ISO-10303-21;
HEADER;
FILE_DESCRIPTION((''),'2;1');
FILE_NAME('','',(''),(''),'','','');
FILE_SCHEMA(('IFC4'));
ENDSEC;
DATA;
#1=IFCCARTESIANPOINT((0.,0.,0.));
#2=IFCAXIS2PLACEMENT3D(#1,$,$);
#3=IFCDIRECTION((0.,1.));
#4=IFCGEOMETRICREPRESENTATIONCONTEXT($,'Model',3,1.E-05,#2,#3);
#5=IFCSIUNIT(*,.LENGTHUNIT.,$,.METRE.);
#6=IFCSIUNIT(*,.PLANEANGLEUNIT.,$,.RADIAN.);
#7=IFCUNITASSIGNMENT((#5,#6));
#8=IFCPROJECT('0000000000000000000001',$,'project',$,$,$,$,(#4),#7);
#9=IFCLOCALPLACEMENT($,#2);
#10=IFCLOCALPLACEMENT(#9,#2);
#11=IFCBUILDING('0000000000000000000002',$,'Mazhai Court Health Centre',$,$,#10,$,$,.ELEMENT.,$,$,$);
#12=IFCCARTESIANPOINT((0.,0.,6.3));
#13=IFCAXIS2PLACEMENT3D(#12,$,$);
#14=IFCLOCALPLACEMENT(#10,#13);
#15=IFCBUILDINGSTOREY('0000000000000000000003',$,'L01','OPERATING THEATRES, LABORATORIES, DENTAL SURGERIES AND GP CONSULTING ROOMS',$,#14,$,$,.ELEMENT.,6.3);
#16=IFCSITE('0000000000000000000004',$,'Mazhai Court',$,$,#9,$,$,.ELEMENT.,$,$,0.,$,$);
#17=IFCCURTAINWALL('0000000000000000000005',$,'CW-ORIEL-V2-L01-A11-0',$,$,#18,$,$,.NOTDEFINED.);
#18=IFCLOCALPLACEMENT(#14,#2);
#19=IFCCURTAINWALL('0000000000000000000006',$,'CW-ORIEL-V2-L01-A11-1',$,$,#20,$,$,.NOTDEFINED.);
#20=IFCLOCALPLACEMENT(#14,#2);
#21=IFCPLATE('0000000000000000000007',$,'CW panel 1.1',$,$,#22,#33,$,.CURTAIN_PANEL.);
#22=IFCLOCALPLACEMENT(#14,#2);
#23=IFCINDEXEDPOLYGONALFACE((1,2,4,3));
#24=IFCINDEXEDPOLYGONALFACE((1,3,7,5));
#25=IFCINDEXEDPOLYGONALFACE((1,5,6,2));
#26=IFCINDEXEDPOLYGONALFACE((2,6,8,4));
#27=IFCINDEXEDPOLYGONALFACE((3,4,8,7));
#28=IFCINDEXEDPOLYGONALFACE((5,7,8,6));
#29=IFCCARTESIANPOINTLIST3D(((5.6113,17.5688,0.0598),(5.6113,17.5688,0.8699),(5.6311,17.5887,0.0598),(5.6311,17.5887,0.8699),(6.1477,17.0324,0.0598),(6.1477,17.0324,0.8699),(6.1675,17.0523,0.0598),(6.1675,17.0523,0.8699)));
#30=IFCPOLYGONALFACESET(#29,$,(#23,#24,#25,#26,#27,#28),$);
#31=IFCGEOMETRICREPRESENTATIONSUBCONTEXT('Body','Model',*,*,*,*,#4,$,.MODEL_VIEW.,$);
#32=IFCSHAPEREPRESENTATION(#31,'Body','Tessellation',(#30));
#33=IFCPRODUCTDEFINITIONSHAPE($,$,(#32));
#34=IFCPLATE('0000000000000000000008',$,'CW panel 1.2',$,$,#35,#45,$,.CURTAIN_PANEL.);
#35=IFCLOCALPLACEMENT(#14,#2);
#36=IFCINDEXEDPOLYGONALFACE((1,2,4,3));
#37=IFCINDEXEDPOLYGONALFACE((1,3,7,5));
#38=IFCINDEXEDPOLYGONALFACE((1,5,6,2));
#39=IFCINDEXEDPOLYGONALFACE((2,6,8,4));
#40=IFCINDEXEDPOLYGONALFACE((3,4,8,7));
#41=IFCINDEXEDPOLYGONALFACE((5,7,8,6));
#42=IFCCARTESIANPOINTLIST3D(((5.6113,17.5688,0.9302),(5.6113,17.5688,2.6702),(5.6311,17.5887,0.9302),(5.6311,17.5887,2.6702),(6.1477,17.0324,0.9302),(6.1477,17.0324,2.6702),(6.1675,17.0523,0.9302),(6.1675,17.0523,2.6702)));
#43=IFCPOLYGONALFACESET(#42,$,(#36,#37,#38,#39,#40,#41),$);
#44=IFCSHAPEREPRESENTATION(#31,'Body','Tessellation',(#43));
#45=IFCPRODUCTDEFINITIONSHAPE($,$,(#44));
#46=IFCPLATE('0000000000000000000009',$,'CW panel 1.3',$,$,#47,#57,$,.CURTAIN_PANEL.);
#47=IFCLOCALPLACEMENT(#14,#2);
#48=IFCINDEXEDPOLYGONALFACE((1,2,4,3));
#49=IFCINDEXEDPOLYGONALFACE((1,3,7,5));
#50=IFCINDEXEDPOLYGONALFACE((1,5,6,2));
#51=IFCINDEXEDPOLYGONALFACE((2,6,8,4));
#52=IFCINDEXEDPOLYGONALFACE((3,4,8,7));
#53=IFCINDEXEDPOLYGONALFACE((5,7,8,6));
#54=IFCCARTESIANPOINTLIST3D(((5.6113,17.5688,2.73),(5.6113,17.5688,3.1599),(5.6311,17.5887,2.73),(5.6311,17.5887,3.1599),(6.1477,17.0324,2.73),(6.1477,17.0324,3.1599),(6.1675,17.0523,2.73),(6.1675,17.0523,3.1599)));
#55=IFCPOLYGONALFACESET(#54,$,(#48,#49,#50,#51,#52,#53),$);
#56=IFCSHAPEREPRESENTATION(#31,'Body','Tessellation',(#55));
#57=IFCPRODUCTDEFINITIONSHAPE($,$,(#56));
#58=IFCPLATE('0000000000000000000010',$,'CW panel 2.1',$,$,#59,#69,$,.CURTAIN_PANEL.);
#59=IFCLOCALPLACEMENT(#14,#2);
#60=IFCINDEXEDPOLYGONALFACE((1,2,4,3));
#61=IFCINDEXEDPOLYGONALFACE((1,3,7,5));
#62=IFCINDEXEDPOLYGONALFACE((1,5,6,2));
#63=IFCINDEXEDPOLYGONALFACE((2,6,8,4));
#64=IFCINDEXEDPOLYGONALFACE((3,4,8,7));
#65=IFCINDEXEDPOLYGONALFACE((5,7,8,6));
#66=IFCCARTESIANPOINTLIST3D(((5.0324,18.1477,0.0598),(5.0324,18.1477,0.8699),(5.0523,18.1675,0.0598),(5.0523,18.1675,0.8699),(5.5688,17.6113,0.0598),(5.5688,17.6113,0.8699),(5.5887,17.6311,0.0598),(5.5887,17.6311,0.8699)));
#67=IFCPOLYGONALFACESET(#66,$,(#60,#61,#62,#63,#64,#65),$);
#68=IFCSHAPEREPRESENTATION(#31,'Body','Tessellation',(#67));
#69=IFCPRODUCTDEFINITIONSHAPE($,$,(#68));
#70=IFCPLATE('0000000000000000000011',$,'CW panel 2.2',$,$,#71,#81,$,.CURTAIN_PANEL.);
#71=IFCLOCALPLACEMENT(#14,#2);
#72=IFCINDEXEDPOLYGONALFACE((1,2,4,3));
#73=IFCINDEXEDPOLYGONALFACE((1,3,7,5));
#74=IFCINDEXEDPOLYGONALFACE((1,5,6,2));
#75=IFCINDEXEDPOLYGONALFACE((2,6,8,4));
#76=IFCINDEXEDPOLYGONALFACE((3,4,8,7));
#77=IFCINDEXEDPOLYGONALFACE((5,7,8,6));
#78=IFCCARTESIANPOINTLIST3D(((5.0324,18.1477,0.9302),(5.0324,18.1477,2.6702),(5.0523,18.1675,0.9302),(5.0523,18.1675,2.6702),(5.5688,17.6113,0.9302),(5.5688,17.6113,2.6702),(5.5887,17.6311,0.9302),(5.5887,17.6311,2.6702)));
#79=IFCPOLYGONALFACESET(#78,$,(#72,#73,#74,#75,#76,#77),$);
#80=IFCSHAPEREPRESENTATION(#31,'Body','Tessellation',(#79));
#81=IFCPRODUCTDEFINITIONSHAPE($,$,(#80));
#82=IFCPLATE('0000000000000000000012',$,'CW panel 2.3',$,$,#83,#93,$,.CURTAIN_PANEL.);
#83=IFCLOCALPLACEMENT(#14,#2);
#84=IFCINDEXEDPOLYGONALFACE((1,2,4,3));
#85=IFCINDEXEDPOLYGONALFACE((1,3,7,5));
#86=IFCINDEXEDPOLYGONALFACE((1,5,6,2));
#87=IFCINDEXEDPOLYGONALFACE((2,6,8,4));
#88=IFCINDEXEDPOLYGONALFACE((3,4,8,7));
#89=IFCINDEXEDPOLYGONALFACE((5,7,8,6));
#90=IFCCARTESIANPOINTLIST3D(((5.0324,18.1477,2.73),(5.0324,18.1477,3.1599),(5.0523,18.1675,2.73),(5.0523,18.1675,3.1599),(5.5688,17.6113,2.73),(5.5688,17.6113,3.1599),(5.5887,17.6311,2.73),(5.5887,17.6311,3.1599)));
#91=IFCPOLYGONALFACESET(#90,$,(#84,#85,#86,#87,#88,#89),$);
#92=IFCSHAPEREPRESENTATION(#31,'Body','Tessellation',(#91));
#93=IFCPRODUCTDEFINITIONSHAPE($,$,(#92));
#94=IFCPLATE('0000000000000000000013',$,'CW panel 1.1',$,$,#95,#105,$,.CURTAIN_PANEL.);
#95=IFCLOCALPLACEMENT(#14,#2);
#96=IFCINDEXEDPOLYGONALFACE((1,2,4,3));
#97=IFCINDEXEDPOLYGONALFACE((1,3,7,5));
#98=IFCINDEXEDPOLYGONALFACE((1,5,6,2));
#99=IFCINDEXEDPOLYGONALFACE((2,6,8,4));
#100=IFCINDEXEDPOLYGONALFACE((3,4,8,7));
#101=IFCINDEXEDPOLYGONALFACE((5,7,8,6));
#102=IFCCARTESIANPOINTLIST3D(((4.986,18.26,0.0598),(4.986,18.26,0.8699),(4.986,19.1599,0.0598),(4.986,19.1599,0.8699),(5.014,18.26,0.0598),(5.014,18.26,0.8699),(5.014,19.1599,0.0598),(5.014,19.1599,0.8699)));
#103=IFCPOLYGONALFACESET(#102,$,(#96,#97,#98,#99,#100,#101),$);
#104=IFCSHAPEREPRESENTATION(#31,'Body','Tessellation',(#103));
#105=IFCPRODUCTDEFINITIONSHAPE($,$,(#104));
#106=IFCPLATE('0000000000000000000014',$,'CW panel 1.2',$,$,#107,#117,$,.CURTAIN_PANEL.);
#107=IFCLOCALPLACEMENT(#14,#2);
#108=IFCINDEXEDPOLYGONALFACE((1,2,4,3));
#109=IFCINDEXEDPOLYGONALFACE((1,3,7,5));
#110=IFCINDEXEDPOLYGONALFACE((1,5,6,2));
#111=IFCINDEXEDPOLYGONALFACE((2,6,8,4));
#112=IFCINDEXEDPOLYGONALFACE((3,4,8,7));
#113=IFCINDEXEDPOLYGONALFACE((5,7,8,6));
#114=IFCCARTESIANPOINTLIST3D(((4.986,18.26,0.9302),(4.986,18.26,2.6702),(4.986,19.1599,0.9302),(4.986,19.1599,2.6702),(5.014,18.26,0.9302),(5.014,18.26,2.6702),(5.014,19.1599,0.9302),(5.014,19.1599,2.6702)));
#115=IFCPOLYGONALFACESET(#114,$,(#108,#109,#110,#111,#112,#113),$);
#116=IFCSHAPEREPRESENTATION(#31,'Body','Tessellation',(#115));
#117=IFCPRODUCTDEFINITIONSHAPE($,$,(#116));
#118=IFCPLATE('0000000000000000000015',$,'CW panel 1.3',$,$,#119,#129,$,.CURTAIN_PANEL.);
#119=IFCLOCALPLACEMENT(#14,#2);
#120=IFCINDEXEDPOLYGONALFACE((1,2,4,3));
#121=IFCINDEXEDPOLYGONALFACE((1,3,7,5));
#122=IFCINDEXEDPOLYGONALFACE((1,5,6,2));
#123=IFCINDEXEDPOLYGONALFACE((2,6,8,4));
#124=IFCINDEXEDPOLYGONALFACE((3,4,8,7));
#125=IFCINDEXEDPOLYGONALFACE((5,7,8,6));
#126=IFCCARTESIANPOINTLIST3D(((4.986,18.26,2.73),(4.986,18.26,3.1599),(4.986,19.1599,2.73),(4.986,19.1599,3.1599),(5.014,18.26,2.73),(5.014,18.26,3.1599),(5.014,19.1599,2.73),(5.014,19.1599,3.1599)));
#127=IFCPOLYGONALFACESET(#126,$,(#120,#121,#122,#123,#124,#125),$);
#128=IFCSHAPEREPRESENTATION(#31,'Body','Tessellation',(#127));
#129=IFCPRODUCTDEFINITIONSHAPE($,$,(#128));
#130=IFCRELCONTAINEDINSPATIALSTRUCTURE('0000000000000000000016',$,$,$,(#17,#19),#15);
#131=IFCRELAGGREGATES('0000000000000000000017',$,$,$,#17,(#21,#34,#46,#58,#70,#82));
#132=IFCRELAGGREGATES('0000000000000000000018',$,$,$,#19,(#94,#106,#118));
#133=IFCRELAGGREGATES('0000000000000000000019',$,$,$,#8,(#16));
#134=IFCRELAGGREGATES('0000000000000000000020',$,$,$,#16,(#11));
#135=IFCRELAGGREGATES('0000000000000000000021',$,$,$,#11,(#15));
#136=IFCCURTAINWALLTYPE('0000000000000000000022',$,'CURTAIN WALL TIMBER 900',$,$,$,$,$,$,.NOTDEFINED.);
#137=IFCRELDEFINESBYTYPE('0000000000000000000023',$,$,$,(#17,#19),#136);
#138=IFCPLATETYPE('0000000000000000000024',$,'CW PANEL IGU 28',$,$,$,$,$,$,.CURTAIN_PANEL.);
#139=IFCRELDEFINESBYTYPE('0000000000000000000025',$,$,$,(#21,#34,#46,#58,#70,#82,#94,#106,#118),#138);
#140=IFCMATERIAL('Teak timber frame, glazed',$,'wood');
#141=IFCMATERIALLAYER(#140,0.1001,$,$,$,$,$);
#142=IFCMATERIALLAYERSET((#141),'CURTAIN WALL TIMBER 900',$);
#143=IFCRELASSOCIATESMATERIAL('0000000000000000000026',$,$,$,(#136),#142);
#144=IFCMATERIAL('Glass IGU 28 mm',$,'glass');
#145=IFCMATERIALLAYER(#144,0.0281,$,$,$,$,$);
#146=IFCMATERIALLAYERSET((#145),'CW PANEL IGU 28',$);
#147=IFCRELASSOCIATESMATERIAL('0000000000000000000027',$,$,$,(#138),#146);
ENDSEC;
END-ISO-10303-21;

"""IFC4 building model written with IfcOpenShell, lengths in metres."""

from ifc_helpers import new_model, si_unit, direction, frame, origin, origin_2d, place, context, subcontext, project, spatial, rectangle, extrude, material, layer, layer_set, type_object, element, aggregate, save


model = new_model("IFC4")

# Units and contexts
model_context = context("Model", 3, precision=1e-05, world=origin(), true_north=direction((0.0, 1.0)))
body_context = subcontext(model_context, "Body", "Model", "MODEL_VIEW")
ifc_project = project(units=[si_unit("LENGTHUNIT", "METRE"), si_unit("PLANEANGLEUNIT", "RADIAN")], contexts=[model_context])

# Site, building, storey
site_placement = place(None, origin())
site = spatial("IfcSite", under=ifc_project, at=site_placement, Name="Mazhai Court", CompositionType="ELEMENT", RefElevation=0.0)
building_placement = place(site_placement, origin())
building = spatial("IfcBuilding", under=site, at=building_placement, Name="Mazhai Court Health Centre", CompositionType="ELEMENT")
storey_placement = place(building_placement, frame((0.0, 0.0, 6.3)))
storey = spatial("IfcBuildingStorey", under=building, at=storey_placement, Name="L01", Description="OPERATING THEATRES, LABORATORIES, DENTAL SURGERIES AND GP CONSULTING ROOMS", CompositionType="ELEMENT", Elevation=6.3)

# Curtain walls
ifc_material_1 = material(Name="Teak timber frame, glazed", Category="wood")
ifc_layer_1 = layer(ifc_material_1, 0.1001)
ifc_layer_set_1 = layer_set([ifc_layer_1], Name="CURTAIN WALL TIMBER 900")
curtain_wall_type = type_object("IfcCurtainWallType", Name="CURTAIN WALL TIMBER 900", PredefinedType="NOTDEFINED", material=ifc_layer_set_1)
curtain_wall_1_placement = place(storey_placement, origin())
curtain_wall_1 = element("IfcCurtainWall", 1, at=curtain_wall_1_placement, inside=storey, type_object=curtain_wall_type, Name="CW-ORIEL-V2-L01-A11-0", PredefinedType="NOTDEFINED")
curtain_wall_2_placement = place(storey_placement, origin())
curtain_wall_2 = element("IfcCurtainWall", 2, at=curtain_wall_2_placement, inside=storey, type_object=curtain_wall_type, Name="CW-ORIEL-V2-L01-A11-1", PredefinedType="NOTDEFINED")

# Plates
ifc_material_2 = material(Name="Glass IGU 28 mm", Category="glass")
ifc_layer_2 = layer(ifc_material_2, 0.0281)
ifc_layer_set_2 = layer_set([ifc_layer_2], Name="CW PANEL IGU 28")
plate_type = type_object("IfcPlateType", Name="CW PANEL IGU 28", PredefinedType="CURTAIN_PANEL", material=ifc_layer_set_2)
plate_1_placement = place(storey_placement, frame((5.8894, 17.3105, 0.0598), z_axis=(0.0, 0.0, 1.0), x_axis=(-0.707107, 0.707107, 0.0)))
plate_1 = element("IfcPlate", 3, at=plate_1_placement, type_object=plate_type, Name="CW panel 1.1", PredefinedType="CURTAIN_PANEL", context=body_context, shape_type="SweptSolid", body=[
    extrude(rectangle(XDim=0.7585, YDim=0.0281, at=origin_2d()), origin(), (0.0, 0.0, 1.0), 0.8101),
])
plate_2_placement = place(storey_placement, frame((5.8894, 17.3105, 0.9302), z_axis=(0.0, 0.0, 1.0), x_axis=(-0.707107, 0.707107, 0.0)))
plate_2 = element("IfcPlate", 4, at=plate_2_placement, type_object=plate_type, Name="CW panel 1.2", PredefinedType="CURTAIN_PANEL", context=body_context, shape_type="SweptSolid", body=[
    extrude(rectangle(XDim=0.7585, YDim=0.0281, at=origin_2d()), origin(), (0.0, 0.0, 1.0), 1.74),
])
plate_3_placement = place(storey_placement, frame((5.8894, 17.3105, 2.73), z_axis=(0.0, 0.0, 1.0), x_axis=(-0.707107, 0.707107, 0.0)))
plate_3 = element("IfcPlate", 5, at=plate_3_placement, type_object=plate_type, Name="CW panel 1.3", PredefinedType="CURTAIN_PANEL", context=body_context, shape_type="SweptSolid", body=[
    extrude(rectangle(XDim=0.7585, YDim=0.0281, at=origin_2d()), origin(), (0.0, 0.0, 1.0), 0.4299),
])
plate_4_placement = place(storey_placement, frame((5.3105, 17.8894, 0.0598), z_axis=(0.0, 0.0, 1.0), x_axis=(-0.707107, 0.707107, 0.0)))
plate_4 = element("IfcPlate", 6, at=plate_4_placement, type_object=plate_type, Name="CW panel 2.1", PredefinedType="CURTAIN_PANEL", context=body_context, shape_type="SweptSolid", body=[
    extrude(rectangle(XDim=0.7585, YDim=0.0281, at=origin_2d()), origin(), (0.0, 0.0, 1.0), 0.8101),
])
plate_5_placement = place(storey_placement, frame((5.3105, 17.8894, 0.9302), z_axis=(0.0, 0.0, 1.0), x_axis=(-0.707107, 0.707107, 0.0)))
plate_5 = element("IfcPlate", 7, at=plate_5_placement, type_object=plate_type, Name="CW panel 2.2", PredefinedType="CURTAIN_PANEL", context=body_context, shape_type="SweptSolid", body=[
    extrude(rectangle(XDim=0.7585, YDim=0.0281, at=origin_2d()), origin(), (0.0, 0.0, 1.0), 1.74),
])
plate_6_placement = place(storey_placement, frame((5.3105, 17.8894, 2.73), z_axis=(0.0, 0.0, 1.0), x_axis=(-0.707107, 0.707107, 0.0)))
plate_6 = element("IfcPlate", 8, at=plate_6_placement, type_object=plate_type, Name="CW panel 2.3", PredefinedType="CURTAIN_PANEL", context=body_context, shape_type="SweptSolid", body=[
    extrude(rectangle(XDim=0.7585, YDim=0.0281, at=origin_2d()), origin(), (0.0, 0.0, 1.0), 0.4299),
])
aggregate(curtain_wall_1, [plate_1, plate_2, plate_3, plate_4, plate_5, plate_6])
plate_7_placement = place(storey_placement, frame((5.0, 18.71, 0.0598), z_axis=(0.0, 0.0, 1.0), x_axis=(0.0, 1.0, 0.0)))
plate_7 = element("IfcPlate", 9, at=plate_7_placement, type_object=plate_type, Name="CW panel 1.1", PredefinedType="CURTAIN_PANEL", context=body_context, shape_type="SweptSolid", body=[
    extrude(rectangle(XDim=0.8999, YDim=0.0281, at=origin_2d()), origin(), (0.0, 0.0, 1.0), 0.8101),
])
plate_8_placement = place(storey_placement, frame((5.0, 18.71, 0.9302), z_axis=(0.0, 0.0, 1.0), x_axis=(0.0, 1.0, 0.0)))
plate_8 = element("IfcPlate", 10, at=plate_8_placement, type_object=plate_type, Name="CW panel 1.2", PredefinedType="CURTAIN_PANEL", context=body_context, shape_type="SweptSolid", body=[
    extrude(rectangle(XDim=0.8999, YDim=0.0281, at=origin_2d()), origin(), (0.0, 0.0, 1.0), 1.74),
])
plate_9_placement = place(storey_placement, frame((5.0, 18.71, 2.73), z_axis=(0.0, 0.0, 1.0), x_axis=(0.0, 1.0, 0.0)))
plate_9 = element("IfcPlate", 11, at=plate_9_placement, type_object=plate_type, Name="CW panel 1.3", PredefinedType="CURTAIN_PANEL", context=body_context, shape_type="SweptSolid", body=[
    extrude(rectangle(XDim=0.8999, YDim=0.0281, at=origin_2d()), origin(), (0.0, 0.0, 1.0), 0.4299),
])
aggregate(curtain_wall_2, [plate_7, plate_8, plate_9])

save(model, "model.ifc")
